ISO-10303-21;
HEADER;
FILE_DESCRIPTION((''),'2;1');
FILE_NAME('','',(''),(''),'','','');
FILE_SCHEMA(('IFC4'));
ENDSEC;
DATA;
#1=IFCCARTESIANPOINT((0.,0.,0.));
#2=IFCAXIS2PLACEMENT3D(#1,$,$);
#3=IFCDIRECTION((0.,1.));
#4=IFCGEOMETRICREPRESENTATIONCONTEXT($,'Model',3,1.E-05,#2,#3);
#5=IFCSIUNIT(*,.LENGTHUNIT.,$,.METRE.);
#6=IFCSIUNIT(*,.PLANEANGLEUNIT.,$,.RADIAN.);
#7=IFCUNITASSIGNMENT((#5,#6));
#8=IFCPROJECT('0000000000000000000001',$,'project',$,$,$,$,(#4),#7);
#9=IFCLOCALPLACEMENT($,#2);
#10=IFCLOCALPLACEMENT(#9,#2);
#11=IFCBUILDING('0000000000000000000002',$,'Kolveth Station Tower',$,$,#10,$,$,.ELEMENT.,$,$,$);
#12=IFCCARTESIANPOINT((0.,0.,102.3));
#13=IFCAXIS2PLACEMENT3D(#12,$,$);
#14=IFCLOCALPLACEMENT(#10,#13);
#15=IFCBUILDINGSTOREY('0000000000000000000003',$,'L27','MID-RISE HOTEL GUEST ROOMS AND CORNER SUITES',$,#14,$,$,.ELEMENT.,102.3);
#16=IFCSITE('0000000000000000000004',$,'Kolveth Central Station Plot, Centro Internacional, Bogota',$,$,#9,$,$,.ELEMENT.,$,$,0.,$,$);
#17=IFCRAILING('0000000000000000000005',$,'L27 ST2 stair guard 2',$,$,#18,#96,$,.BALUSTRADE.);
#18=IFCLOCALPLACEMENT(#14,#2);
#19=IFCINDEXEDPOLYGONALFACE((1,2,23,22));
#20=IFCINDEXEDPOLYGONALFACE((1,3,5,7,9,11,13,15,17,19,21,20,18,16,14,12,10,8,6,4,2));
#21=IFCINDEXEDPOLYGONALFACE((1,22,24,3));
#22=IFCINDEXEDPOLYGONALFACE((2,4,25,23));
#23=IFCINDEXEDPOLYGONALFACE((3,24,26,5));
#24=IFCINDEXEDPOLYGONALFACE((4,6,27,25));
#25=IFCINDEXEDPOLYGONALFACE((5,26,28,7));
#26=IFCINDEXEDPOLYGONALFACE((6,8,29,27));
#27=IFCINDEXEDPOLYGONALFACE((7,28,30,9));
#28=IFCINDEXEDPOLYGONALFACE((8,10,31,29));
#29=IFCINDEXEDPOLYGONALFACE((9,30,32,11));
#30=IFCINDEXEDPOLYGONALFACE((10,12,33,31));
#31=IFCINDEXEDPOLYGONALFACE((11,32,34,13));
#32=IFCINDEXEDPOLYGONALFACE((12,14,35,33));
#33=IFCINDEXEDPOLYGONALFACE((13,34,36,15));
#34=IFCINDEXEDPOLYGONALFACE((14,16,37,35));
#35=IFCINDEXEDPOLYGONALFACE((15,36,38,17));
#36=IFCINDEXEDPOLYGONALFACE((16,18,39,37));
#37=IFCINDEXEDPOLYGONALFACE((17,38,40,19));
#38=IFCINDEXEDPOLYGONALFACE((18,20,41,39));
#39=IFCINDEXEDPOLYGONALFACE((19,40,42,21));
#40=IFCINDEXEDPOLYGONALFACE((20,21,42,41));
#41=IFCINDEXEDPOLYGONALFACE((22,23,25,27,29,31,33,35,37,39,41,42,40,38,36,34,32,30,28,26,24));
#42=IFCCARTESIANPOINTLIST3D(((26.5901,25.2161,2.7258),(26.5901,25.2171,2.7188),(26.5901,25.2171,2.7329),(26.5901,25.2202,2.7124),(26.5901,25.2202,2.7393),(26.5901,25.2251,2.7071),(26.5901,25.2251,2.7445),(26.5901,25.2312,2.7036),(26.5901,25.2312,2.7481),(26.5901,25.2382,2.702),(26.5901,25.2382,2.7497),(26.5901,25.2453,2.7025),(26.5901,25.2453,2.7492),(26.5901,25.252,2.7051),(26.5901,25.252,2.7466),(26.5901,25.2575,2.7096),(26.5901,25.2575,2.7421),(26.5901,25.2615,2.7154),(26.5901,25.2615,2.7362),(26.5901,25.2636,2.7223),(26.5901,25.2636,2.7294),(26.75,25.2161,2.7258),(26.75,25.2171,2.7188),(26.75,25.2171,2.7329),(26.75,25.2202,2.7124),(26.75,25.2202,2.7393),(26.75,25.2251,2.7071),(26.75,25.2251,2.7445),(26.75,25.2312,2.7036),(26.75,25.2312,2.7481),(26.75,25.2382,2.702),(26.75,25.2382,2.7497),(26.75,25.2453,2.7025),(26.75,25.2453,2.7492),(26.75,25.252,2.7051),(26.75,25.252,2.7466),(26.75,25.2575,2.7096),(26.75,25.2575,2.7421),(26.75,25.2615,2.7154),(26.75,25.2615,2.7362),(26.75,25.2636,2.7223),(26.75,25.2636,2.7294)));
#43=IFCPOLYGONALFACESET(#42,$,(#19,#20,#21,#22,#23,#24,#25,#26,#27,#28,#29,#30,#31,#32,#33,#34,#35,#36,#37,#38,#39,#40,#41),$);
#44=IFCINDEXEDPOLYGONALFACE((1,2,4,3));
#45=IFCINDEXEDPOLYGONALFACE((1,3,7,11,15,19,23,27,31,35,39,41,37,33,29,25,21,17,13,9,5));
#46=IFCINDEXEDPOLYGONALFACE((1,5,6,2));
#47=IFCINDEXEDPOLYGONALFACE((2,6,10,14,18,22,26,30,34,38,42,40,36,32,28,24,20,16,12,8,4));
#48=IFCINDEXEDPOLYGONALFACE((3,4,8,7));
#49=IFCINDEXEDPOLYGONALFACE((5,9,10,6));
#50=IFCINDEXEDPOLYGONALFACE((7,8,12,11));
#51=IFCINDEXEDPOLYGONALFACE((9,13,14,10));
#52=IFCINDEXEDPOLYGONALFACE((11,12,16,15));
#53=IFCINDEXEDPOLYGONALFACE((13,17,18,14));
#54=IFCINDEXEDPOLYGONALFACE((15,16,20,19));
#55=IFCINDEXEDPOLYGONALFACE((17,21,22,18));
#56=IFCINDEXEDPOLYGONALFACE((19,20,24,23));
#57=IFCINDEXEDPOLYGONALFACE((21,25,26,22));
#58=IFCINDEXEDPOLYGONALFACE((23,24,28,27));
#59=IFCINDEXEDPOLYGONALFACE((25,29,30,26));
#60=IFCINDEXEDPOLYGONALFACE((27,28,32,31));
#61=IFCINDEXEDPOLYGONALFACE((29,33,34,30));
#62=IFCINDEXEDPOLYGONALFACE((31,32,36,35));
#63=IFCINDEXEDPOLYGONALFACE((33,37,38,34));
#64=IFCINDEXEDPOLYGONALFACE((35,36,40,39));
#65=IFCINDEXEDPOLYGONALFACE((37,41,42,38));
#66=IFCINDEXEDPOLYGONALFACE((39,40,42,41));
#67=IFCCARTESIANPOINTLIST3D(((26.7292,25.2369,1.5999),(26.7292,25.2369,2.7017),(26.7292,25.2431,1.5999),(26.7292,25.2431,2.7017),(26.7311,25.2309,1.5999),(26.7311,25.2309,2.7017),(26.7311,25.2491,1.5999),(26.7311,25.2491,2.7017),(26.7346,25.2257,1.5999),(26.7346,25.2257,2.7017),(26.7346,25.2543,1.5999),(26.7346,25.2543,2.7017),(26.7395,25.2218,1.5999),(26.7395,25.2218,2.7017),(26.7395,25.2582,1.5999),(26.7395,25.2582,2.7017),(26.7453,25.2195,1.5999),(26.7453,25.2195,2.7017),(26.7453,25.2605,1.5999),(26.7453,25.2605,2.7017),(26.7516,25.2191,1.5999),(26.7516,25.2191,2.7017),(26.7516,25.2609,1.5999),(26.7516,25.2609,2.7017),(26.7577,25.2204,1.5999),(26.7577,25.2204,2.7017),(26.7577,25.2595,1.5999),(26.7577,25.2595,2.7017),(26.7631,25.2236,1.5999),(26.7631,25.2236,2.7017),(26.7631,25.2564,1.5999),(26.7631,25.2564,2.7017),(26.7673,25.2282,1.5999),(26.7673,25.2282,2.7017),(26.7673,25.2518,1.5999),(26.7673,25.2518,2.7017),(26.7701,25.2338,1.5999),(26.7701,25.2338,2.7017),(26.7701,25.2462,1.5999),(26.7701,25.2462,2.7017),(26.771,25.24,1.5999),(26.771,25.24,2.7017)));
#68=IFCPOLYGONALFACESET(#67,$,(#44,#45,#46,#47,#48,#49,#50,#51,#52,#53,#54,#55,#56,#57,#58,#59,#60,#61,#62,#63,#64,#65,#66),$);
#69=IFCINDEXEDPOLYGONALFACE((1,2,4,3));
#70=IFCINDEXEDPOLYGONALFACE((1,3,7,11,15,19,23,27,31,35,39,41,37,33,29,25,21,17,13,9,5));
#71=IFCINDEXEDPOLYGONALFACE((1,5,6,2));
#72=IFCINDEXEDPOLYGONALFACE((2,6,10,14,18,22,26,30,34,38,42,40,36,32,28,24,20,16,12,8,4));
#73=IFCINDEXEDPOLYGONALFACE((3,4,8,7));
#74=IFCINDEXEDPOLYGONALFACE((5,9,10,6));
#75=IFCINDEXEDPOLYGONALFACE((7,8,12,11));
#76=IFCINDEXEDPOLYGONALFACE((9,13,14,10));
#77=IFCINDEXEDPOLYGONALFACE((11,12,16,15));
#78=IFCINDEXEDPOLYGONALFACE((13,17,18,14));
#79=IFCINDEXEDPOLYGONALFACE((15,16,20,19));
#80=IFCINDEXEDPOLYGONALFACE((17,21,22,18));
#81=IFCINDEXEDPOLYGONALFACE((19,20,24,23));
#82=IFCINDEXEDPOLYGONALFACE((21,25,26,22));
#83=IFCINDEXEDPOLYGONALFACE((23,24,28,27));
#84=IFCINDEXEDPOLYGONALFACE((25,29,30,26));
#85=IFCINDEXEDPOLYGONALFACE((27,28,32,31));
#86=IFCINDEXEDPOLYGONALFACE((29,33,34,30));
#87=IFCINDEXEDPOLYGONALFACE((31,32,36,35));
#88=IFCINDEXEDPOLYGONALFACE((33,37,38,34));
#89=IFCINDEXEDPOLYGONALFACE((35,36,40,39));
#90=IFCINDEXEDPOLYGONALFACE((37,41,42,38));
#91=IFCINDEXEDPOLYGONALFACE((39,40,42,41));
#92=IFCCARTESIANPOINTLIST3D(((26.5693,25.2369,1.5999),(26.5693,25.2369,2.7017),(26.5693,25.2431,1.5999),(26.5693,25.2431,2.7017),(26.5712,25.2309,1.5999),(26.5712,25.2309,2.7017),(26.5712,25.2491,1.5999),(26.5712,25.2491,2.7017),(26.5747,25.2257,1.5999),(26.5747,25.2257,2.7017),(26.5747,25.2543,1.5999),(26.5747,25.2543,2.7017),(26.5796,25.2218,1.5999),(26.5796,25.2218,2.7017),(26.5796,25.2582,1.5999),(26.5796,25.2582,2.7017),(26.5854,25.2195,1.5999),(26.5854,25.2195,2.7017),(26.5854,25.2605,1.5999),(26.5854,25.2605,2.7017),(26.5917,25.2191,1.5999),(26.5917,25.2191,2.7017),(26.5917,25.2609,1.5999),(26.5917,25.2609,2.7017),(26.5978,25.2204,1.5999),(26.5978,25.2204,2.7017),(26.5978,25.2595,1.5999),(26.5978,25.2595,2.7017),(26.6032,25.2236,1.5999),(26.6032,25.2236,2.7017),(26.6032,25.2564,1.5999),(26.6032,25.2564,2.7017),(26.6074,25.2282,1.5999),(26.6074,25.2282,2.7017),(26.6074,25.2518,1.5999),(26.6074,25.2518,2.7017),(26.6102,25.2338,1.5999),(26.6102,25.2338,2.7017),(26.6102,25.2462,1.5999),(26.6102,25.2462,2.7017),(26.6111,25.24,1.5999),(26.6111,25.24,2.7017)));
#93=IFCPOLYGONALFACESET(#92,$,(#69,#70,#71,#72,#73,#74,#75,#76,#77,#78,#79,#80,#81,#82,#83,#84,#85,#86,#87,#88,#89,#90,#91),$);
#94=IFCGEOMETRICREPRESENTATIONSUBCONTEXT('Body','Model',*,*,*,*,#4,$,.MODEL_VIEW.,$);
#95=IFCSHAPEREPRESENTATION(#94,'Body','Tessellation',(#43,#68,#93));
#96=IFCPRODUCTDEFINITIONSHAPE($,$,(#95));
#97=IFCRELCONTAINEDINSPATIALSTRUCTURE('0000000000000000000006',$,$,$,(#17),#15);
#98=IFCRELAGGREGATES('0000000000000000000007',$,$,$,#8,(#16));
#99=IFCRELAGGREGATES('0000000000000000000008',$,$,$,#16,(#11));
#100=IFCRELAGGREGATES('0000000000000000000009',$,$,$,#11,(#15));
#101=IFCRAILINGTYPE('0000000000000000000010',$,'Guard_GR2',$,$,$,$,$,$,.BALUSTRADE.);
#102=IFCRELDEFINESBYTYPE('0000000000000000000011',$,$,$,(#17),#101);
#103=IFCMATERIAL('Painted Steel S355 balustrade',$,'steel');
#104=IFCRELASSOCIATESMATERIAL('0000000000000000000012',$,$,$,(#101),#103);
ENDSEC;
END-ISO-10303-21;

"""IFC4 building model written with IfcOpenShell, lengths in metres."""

from ifc_helpers import new_model, si_unit, direction, frame, origin, origin_2d, place, context, subcontext, project, spatial, circle, extrude, material, type_object, element, save


model = new_model("IFC4")

# Units and contexts
model_context = context("Model", 3, precision=1e-05, world=origin(), true_north=direction((0.0, 1.0)))
body_context = subcontext(model_context, "Body", "Model", "MODEL_VIEW")
ifc_project = project(units=[si_unit("LENGTHUNIT", "METRE"), si_unit("PLANEANGLEUNIT", "RADIAN")], contexts=[model_context])

# Site, building, storey
site_placement = place(None, origin())
site = spatial("IfcSite", under=ifc_project, at=site_placement, Name="Kolveth Central Station Plot, Centro Internacional, Bogota", CompositionType="ELEMENT", RefElevation=0.0)
building_placement = place(site_placement, origin())
building = spatial("IfcBuilding", under=site, at=building_placement, Name="Kolveth Station Tower", CompositionType="ELEMENT")
storey_placement = place(building_placement, frame((0.0, 0.0, 102.3)))
storey = spatial("IfcBuildingStorey", under=building, at=storey_placement, Name="L27", Description="MID-RISE HOTEL GUEST ROOMS AND CORNER SUITES", CompositionType="ELEMENT", Elevation=102.3)

# Railing
ifc_material_1 = material(Name="Painted Steel S355 balustrade", Category="steel")
railing_type_1 = type_object("IfcRailingType", Name="Guard_GR2", PredefinedType="BALUSTRADE", material=ifc_material_1)
railing_1_placement = place(storey_placement, frame((26.75, 25.24, 1.5999)))
element("IfcRailing", 1, at=railing_1_placement, inside=storey, type_object=railing_type_1, Name="L27 ST2 stair guard 2", PredefinedType="BALUSTRADE", context=body_context, shape_type="SweptSolid", body=[
    extrude(circle(Radius=0.0239, at=origin_2d()), frame((0.0, 0.0, 1.126), z_axis=(-1.0, 0.0, 0.0), x_axis=(0.0, -1.0, 0.0)), (0.0, 0.0, 1.0), 0.1599),
    extrude(circle(Radius=0.021, at=origin_2d()), origin(), (0.0, 0.0, 1.0), 1.1018),
    extrude(circle(Radius=0.021, at=origin_2d()), frame((-0.1599, 0.0, 0.0)), (0.0, 0.0, 1.0), 1.1018),
])

save(model, "model.ifc")
